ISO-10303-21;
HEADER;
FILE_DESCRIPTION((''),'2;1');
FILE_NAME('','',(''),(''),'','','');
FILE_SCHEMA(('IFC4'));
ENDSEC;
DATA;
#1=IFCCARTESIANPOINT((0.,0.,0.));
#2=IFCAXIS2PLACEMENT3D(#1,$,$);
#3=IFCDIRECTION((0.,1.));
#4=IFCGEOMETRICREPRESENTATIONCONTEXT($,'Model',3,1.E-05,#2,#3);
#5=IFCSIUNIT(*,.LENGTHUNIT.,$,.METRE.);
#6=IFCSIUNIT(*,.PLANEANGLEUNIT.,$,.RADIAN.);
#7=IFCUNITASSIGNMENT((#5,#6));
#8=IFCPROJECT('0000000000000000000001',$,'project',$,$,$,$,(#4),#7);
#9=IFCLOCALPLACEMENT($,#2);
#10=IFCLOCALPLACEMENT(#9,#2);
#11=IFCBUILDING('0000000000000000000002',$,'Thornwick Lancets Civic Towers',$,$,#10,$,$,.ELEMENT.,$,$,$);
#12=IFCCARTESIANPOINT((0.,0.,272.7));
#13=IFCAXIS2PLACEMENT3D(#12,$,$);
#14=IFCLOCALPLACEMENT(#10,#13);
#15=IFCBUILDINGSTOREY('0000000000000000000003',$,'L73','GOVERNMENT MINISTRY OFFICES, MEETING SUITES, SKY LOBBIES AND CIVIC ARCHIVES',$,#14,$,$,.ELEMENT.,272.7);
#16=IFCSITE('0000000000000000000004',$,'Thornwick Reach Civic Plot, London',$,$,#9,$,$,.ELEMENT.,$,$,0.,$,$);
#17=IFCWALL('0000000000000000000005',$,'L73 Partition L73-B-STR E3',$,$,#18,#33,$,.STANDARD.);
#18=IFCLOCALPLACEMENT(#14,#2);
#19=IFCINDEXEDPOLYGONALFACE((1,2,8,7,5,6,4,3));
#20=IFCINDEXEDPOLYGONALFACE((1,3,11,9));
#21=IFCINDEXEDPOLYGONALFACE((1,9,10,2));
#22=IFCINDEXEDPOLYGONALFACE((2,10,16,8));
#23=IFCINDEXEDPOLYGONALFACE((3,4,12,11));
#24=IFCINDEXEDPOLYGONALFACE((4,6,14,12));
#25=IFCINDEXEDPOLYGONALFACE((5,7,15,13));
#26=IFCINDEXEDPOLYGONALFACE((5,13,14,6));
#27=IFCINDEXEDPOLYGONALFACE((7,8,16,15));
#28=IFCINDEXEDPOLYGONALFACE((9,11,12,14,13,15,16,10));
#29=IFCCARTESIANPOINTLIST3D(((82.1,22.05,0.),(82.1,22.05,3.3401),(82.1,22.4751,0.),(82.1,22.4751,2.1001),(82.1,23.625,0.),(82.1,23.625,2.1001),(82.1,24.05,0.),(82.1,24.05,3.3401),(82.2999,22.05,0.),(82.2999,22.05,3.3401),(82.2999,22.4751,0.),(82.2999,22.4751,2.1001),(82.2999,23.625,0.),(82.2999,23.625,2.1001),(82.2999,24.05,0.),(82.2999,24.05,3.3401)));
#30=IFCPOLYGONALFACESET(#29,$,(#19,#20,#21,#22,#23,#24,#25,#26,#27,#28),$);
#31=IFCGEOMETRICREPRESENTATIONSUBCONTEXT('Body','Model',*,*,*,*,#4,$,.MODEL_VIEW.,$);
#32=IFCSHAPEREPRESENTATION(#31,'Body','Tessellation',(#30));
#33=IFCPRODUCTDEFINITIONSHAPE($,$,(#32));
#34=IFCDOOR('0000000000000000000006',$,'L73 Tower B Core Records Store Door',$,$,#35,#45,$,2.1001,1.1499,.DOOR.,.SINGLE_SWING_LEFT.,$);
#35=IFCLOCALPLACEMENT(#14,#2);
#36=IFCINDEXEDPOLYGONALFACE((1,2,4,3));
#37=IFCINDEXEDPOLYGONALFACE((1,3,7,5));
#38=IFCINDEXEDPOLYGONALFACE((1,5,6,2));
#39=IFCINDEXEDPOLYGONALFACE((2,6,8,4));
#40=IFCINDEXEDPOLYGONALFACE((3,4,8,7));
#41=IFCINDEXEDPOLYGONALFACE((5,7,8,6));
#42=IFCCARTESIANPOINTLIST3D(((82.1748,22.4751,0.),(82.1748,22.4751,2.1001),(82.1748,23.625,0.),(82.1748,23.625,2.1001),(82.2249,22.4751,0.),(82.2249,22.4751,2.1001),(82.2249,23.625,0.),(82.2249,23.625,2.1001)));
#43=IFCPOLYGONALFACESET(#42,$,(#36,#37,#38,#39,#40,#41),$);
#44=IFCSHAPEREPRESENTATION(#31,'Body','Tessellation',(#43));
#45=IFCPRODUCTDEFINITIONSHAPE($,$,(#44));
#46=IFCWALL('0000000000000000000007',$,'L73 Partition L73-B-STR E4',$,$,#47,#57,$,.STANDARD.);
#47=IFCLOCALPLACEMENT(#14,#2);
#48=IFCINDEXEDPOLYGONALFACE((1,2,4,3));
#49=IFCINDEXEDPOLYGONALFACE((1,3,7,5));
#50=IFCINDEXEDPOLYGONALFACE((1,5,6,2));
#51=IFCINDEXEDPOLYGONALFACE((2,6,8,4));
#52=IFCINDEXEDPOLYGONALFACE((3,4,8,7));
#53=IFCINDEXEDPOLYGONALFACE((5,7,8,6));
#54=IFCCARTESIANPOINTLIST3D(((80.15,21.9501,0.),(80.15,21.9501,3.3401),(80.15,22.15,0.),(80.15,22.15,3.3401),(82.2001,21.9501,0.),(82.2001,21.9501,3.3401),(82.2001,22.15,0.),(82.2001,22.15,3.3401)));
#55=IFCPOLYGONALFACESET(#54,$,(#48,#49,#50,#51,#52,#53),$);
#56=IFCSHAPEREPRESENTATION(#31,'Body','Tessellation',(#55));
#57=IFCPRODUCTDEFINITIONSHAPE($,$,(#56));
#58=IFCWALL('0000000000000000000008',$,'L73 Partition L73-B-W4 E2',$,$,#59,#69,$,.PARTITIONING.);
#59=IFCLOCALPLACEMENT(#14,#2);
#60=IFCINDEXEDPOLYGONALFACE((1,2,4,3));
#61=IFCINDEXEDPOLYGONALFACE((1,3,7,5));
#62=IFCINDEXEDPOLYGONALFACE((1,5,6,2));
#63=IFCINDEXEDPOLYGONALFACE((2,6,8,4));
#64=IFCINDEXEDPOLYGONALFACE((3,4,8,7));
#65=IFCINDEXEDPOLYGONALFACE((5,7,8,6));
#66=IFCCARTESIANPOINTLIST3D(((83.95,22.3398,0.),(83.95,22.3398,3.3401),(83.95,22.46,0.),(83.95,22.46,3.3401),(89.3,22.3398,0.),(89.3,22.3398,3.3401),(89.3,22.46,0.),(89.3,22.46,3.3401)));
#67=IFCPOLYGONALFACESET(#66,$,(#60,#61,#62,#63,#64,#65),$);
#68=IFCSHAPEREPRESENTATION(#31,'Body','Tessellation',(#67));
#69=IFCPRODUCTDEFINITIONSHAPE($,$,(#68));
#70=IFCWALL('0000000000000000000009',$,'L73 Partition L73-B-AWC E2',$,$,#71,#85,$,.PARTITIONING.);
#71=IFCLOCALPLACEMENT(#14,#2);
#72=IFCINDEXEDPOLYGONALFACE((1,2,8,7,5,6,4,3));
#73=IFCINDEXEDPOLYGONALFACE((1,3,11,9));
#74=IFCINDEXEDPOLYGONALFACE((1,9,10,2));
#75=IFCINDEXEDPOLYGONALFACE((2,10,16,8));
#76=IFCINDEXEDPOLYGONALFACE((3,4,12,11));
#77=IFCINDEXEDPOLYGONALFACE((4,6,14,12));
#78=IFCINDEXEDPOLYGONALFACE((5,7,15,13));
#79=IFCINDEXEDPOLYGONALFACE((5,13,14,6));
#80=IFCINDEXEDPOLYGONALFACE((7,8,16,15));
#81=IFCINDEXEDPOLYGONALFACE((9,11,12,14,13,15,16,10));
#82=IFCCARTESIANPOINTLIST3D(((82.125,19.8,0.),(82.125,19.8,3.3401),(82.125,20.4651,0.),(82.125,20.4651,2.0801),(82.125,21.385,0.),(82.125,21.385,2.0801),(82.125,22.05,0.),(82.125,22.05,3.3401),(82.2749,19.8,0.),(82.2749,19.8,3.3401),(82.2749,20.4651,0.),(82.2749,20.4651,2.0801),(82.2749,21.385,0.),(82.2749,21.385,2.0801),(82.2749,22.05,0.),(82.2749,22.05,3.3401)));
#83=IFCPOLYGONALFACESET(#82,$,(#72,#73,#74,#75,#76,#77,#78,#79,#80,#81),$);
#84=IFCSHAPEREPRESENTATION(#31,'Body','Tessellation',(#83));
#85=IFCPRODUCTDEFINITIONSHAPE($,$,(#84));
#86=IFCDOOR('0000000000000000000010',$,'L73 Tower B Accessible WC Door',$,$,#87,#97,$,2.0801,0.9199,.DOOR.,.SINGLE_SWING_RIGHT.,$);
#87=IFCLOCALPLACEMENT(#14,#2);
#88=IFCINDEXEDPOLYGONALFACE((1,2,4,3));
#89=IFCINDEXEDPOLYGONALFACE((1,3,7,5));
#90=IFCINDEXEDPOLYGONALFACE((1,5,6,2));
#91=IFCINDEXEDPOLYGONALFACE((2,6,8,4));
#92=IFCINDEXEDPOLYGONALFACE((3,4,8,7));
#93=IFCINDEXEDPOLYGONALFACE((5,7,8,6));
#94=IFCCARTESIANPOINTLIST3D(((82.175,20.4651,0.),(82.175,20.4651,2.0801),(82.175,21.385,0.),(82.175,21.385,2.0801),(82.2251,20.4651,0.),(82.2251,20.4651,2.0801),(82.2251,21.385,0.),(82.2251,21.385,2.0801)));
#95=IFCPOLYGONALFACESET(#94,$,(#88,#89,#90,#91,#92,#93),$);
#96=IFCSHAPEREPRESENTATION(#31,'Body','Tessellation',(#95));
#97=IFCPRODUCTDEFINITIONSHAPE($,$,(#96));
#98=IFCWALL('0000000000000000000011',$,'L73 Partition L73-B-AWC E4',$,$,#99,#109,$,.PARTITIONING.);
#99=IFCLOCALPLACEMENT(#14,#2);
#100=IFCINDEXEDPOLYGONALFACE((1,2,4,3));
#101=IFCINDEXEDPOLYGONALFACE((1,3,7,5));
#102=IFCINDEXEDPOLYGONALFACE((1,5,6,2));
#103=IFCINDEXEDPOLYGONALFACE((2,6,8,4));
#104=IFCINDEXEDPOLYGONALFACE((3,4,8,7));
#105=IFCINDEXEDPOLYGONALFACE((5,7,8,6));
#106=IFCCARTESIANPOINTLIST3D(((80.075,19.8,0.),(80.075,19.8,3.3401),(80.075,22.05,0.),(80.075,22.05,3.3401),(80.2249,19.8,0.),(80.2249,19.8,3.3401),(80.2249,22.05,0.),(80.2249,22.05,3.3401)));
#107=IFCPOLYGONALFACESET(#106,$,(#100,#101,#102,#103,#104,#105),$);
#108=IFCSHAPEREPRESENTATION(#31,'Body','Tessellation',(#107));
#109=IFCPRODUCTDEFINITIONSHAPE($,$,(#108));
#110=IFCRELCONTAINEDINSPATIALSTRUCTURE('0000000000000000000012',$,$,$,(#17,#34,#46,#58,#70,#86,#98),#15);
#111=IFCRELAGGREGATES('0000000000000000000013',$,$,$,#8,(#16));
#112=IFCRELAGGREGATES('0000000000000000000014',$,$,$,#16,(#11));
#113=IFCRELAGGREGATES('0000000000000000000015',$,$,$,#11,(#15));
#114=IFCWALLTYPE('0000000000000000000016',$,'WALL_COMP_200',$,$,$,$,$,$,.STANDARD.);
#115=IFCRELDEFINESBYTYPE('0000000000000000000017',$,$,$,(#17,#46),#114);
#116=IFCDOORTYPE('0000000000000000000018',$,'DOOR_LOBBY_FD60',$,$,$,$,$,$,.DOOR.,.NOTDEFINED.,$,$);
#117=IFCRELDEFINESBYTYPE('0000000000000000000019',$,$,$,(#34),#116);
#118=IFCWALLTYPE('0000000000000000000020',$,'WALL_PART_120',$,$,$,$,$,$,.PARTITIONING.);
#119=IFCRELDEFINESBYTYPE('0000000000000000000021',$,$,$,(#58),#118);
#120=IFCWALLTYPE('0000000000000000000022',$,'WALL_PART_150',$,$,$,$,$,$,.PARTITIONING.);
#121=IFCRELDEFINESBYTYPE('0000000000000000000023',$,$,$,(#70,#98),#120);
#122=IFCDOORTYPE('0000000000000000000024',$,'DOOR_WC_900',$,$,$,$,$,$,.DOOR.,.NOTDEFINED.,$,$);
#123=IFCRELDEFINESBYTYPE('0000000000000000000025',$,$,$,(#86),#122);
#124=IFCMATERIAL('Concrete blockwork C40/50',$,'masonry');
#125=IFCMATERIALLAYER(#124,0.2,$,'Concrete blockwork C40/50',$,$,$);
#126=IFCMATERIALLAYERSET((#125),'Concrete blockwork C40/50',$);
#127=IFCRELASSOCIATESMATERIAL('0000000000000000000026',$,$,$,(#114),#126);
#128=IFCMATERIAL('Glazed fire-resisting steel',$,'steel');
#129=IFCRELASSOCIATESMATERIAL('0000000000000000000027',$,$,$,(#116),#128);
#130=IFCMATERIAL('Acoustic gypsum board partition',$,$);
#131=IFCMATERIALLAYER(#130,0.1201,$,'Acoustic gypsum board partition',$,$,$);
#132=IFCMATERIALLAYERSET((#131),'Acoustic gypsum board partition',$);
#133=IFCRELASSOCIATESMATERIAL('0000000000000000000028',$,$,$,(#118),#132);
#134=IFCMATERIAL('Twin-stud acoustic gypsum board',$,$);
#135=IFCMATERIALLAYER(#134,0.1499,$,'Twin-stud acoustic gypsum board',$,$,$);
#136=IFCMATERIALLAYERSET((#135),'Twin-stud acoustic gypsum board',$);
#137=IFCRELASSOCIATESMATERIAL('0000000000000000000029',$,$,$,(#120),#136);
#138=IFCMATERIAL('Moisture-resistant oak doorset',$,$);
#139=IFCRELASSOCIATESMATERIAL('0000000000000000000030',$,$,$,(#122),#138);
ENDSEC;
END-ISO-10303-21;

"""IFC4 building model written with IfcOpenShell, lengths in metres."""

from ifc_helpers import new_model, si_unit, direction, frame, frame_2d, origin, place, context, subcontext, project, spatial, rectangle, extrude, material, layer, layer_set, type_object, element, fill, save


model = new_model("IFC4")

# Units and contexts
model_context = context("Model", 3, precision=1e-05, world=origin(), true_north=direction((0.0, 1.0)))
body_context = subcontext(model_context, "Body", "Model", "MODEL_VIEW")
ifc_project = project(units=[si_unit("LENGTHUNIT", "METRE"), si_unit("PLANEANGLEUNIT", "RADIAN")], contexts=[model_context])

# Site, building, storey
site_placement = place(None, origin())
site = spatial("IfcSite", under=ifc_project, at=site_placement, Name="Thornwick Reach Civic Plot, London", CompositionType="ELEMENT", RefElevation=0.0)
building_placement = place(site_placement, origin())
building = spatial("IfcBuilding", under=site, at=building_placement, Name="Thornwick Lancets Civic Towers", CompositionType="ELEMENT")
storey_placement = place(building_placement, frame((0.0, 0.0, 272.7)))
storey = spatial("IfcBuildingStorey", under=building, at=storey_placement, Name="L73", Description="GOVERNMENT MINISTRY OFFICES, MEETING SUITES, SKY LOBBIES AND CIVIC ARCHIVES", CompositionType="ELEMENT", Elevation=272.7)

# Shared definitions
ifc_material_1 = material(Name="Concrete blockwork C40/50", Category="masonry")
ifc_layer_1 = layer(ifc_material_1, 0.2, Name="Concrete blockwork C40/50")
ifc_layer_set_1 = layer_set([ifc_layer_1], Name="Concrete blockwork C40/50")
wall_type_1 = type_object("IfcWallType", Name="WALL_COMP_200", PredefinedType="STANDARD", material=ifc_layer_set_1)

# Wall, opening, door
wall_1_placement = place(storey_placement, frame((82.2, 24.05, 0.0), z_axis=(0.0, 0.0, 1.0), x_axis=(0.0, -1.0, 0.0)))
wall_1 = element("IfcWall", 1, at=wall_1_placement, inside=storey, type_object=wall_type_1, Name="L73 Partition L73-B-STR E3", PredefinedType="STANDARD", context=body_context, shape_type="SweptSolid", body=[
    extrude(rectangle(XDim=2.0, YDim=0.2, at=frame_2d((1.0, 0.0))), origin(), (0.0, 0.0, 1.0), 3.3401),
])
opening_1_placement = place(wall_1_placement, frame((0.425, 0.0, 0.0)))
opening_1 = element("IfcOpeningElement", 2, at=opening_1_placement, cuts=wall_1, PredefinedType="OPENING", context=body_context, shape_type="SweptSolid", body=[
    extrude(rectangle(XDim=1.1499, YDim=2.1001, at=frame_2d((0.575, 1.05))), frame((0.0, 0.1099, 0.0), z_axis=(0.0, -1.0, 0.0), x_axis=(1.0, 0.0, 0.0)), (0.0, 0.0, 1.0), 0.22),
])
ifc_material_2 = material(Name="Glazed fire-resisting steel", Category="steel")
door_type_1 = type_object("IfcDoorType", Name="DOOR_LOBBY_FD60", OperationType="NOTDEFINED", PredefinedType="DOOR", material=ifc_material_2)
door_1_placement = place(opening_1_placement, origin())
door_1 = element("IfcDoor", 3, at=door_1_placement, inside=storey, type_object=door_type_1, Name="L73 Tower B Core Records Store Door", OperationType="SINGLE_SWING_LEFT", OverallHeight=2.1001, OverallWidth=1.1499, PredefinedType="DOOR", context=body_context, shape_type="SweptSolid", body=[
    extrude(rectangle(XDim=1.1499, YDim=2.1001, at=frame_2d((0.575, 1.05))), frame((0.0, 0.0249, 0.0), z_axis=(0.0, -1.0, 0.0), x_axis=(1.0, 0.0, 0.0)), (0.0, 0.0, 1.0), 0.05),
])
fill(opening_1, door_1)

# Walls
wall_2_placement = place(storey_placement, frame((82.2, 22.05, 0.0), z_axis=(0.0, 0.0, 1.0), x_axis=(-1.0, 0.0, 0.0)))
element("IfcWall", 4, at=wall_2_placement, inside=storey, type_object=wall_type_1, Name="L73 Partition L73-B-STR E4", PredefinedType="STANDARD", context=body_context, shape_type="SweptSolid", body=[
    extrude(rectangle(XDim=2.05, YDim=0.2, at=frame_2d((1.0249, 0.0))), origin(), (0.0, 0.0, 1.0), 3.3401),
])
ifc_material_3 = material(Name="Acoustic gypsum board partition")
ifc_layer_2 = layer(ifc_material_3, 0.1201, Name="Acoustic gypsum board partition")
ifc_layer_set_2 = layer_set([ifc_layer_2], Name="Acoustic gypsum board partition")
wall_type_2 = type_object("IfcWallType", Name="WALL_PART_120", PredefinedType="PARTITIONING", material=ifc_layer_set_2)
wall_3_placement = place(storey_placement, frame((83.95, 22.3999, 0.0), z_axis=(0.0, 0.0, 1.0), x_axis=(1.0, 0.0, 0.0)))
element("IfcWall", 5, at=wall_3_placement, inside=storey, type_object=wall_type_2, Name="L73 Partition L73-B-W4 E2", PredefinedType="PARTITIONING", context=body_context, shape_type="SweptSolid", body=[
    extrude(rectangle(XDim=5.3501, YDim=0.1201, at=frame_2d((2.675, 0.0))), origin(), (0.0, 0.0, 1.0), 3.3401),
])

# Wall, opening, door
ifc_material_4 = material(Name="Twin-stud acoustic gypsum board")
ifc_layer_3 = layer(ifc_material_4, 0.1499, Name="Twin-stud acoustic gypsum board")
ifc_layer_set_3 = layer_set([ifc_layer_3], Name="Twin-stud acoustic gypsum board")
wall_type_3 = type_object("IfcWallType", Name="WALL_PART_150", PredefinedType="PARTITIONING", material=ifc_layer_set_3)
wall_4_placement = place(storey_placement, frame((82.2, 19.8, 0.0), z_axis=(0.0, 0.0, 1.0), x_axis=(0.0, 1.0, 0.0)))
wall_4 = element("IfcWall", 6, at=wall_4_placement, inside=storey, type_object=wall_type_3, Name="L73 Partition L73-B-AWC E2", PredefinedType="PARTITIONING", context=body_context, shape_type="SweptSolid", body=[
    extrude(rectangle(XDim=2.25, YDim=0.1499, at=frame_2d((1.125, 0.0))), origin(), (0.0, 0.0, 1.0), 3.3401),
])
opening_2_placement = place(wall_4_placement, frame((0.665, 0.0, 0.0)))
opening_2 = element("IfcOpeningElement", 7, at=opening_2_placement, cuts=wall_4, PredefinedType="OPENING", context=body_context, shape_type="SweptSolid", body=[
    extrude(rectangle(XDim=0.9199, YDim=2.0801, at=frame_2d((0.46, 1.04))), frame((0.0, 0.085, 0.0), z_axis=(0.0, -1.0, 0.0), x_axis=(1.0, 0.0, 0.0)), (0.0, 0.0, 1.0), 0.1699),
])
ifc_material_5 = material(Name="Moisture-resistant oak doorset")
door_type_2 = type_object("IfcDoorType", Name="DOOR_WC_900", OperationType="NOTDEFINED", PredefinedType="DOOR", material=ifc_material_5)
door_2_placement = place(opening_2_placement, origin())
door_2 = element("IfcDoor", 8, at=door_2_placement, inside=storey, type_object=door_type_2, Name="L73 Tower B Accessible WC Door", OperationType="SINGLE_SWING_RIGHT", OverallHeight=2.0801, OverallWidth=0.9199, PredefinedType="DOOR", context=body_context, shape_type="SweptSolid", body=[
    extrude(rectangle(XDim=0.9199, YDim=2.0801, at=frame_2d((0.46, 1.04))), frame((0.0, 0.0249, 0.0), z_axis=(0.0, -1.0, 0.0), x_axis=(1.0, 0.0, 0.0)), (0.0, 0.0, 1.0), 0.05),
])
fill(opening_2, door_2)

# Wall
wall_5_placement = place(storey_placement, frame((80.1499, 22.05, 0.0), z_axis=(0.0, 0.0, 1.0), x_axis=(0.0, -1.0, 0.0)))
element("IfcWall", 9, at=wall_5_placement, inside=storey, type_object=wall_type_3, Name="L73 Partition L73-B-AWC E4", PredefinedType="PARTITIONING", context=body_context, shape_type="SweptSolid", body=[
    extrude(rectangle(XDim=2.25, YDim=0.1499, at=frame_2d((1.125, 0.0))), origin(), (0.0, 0.0, 1.0), 3.3401),
])

save(model, "model.ifc")
